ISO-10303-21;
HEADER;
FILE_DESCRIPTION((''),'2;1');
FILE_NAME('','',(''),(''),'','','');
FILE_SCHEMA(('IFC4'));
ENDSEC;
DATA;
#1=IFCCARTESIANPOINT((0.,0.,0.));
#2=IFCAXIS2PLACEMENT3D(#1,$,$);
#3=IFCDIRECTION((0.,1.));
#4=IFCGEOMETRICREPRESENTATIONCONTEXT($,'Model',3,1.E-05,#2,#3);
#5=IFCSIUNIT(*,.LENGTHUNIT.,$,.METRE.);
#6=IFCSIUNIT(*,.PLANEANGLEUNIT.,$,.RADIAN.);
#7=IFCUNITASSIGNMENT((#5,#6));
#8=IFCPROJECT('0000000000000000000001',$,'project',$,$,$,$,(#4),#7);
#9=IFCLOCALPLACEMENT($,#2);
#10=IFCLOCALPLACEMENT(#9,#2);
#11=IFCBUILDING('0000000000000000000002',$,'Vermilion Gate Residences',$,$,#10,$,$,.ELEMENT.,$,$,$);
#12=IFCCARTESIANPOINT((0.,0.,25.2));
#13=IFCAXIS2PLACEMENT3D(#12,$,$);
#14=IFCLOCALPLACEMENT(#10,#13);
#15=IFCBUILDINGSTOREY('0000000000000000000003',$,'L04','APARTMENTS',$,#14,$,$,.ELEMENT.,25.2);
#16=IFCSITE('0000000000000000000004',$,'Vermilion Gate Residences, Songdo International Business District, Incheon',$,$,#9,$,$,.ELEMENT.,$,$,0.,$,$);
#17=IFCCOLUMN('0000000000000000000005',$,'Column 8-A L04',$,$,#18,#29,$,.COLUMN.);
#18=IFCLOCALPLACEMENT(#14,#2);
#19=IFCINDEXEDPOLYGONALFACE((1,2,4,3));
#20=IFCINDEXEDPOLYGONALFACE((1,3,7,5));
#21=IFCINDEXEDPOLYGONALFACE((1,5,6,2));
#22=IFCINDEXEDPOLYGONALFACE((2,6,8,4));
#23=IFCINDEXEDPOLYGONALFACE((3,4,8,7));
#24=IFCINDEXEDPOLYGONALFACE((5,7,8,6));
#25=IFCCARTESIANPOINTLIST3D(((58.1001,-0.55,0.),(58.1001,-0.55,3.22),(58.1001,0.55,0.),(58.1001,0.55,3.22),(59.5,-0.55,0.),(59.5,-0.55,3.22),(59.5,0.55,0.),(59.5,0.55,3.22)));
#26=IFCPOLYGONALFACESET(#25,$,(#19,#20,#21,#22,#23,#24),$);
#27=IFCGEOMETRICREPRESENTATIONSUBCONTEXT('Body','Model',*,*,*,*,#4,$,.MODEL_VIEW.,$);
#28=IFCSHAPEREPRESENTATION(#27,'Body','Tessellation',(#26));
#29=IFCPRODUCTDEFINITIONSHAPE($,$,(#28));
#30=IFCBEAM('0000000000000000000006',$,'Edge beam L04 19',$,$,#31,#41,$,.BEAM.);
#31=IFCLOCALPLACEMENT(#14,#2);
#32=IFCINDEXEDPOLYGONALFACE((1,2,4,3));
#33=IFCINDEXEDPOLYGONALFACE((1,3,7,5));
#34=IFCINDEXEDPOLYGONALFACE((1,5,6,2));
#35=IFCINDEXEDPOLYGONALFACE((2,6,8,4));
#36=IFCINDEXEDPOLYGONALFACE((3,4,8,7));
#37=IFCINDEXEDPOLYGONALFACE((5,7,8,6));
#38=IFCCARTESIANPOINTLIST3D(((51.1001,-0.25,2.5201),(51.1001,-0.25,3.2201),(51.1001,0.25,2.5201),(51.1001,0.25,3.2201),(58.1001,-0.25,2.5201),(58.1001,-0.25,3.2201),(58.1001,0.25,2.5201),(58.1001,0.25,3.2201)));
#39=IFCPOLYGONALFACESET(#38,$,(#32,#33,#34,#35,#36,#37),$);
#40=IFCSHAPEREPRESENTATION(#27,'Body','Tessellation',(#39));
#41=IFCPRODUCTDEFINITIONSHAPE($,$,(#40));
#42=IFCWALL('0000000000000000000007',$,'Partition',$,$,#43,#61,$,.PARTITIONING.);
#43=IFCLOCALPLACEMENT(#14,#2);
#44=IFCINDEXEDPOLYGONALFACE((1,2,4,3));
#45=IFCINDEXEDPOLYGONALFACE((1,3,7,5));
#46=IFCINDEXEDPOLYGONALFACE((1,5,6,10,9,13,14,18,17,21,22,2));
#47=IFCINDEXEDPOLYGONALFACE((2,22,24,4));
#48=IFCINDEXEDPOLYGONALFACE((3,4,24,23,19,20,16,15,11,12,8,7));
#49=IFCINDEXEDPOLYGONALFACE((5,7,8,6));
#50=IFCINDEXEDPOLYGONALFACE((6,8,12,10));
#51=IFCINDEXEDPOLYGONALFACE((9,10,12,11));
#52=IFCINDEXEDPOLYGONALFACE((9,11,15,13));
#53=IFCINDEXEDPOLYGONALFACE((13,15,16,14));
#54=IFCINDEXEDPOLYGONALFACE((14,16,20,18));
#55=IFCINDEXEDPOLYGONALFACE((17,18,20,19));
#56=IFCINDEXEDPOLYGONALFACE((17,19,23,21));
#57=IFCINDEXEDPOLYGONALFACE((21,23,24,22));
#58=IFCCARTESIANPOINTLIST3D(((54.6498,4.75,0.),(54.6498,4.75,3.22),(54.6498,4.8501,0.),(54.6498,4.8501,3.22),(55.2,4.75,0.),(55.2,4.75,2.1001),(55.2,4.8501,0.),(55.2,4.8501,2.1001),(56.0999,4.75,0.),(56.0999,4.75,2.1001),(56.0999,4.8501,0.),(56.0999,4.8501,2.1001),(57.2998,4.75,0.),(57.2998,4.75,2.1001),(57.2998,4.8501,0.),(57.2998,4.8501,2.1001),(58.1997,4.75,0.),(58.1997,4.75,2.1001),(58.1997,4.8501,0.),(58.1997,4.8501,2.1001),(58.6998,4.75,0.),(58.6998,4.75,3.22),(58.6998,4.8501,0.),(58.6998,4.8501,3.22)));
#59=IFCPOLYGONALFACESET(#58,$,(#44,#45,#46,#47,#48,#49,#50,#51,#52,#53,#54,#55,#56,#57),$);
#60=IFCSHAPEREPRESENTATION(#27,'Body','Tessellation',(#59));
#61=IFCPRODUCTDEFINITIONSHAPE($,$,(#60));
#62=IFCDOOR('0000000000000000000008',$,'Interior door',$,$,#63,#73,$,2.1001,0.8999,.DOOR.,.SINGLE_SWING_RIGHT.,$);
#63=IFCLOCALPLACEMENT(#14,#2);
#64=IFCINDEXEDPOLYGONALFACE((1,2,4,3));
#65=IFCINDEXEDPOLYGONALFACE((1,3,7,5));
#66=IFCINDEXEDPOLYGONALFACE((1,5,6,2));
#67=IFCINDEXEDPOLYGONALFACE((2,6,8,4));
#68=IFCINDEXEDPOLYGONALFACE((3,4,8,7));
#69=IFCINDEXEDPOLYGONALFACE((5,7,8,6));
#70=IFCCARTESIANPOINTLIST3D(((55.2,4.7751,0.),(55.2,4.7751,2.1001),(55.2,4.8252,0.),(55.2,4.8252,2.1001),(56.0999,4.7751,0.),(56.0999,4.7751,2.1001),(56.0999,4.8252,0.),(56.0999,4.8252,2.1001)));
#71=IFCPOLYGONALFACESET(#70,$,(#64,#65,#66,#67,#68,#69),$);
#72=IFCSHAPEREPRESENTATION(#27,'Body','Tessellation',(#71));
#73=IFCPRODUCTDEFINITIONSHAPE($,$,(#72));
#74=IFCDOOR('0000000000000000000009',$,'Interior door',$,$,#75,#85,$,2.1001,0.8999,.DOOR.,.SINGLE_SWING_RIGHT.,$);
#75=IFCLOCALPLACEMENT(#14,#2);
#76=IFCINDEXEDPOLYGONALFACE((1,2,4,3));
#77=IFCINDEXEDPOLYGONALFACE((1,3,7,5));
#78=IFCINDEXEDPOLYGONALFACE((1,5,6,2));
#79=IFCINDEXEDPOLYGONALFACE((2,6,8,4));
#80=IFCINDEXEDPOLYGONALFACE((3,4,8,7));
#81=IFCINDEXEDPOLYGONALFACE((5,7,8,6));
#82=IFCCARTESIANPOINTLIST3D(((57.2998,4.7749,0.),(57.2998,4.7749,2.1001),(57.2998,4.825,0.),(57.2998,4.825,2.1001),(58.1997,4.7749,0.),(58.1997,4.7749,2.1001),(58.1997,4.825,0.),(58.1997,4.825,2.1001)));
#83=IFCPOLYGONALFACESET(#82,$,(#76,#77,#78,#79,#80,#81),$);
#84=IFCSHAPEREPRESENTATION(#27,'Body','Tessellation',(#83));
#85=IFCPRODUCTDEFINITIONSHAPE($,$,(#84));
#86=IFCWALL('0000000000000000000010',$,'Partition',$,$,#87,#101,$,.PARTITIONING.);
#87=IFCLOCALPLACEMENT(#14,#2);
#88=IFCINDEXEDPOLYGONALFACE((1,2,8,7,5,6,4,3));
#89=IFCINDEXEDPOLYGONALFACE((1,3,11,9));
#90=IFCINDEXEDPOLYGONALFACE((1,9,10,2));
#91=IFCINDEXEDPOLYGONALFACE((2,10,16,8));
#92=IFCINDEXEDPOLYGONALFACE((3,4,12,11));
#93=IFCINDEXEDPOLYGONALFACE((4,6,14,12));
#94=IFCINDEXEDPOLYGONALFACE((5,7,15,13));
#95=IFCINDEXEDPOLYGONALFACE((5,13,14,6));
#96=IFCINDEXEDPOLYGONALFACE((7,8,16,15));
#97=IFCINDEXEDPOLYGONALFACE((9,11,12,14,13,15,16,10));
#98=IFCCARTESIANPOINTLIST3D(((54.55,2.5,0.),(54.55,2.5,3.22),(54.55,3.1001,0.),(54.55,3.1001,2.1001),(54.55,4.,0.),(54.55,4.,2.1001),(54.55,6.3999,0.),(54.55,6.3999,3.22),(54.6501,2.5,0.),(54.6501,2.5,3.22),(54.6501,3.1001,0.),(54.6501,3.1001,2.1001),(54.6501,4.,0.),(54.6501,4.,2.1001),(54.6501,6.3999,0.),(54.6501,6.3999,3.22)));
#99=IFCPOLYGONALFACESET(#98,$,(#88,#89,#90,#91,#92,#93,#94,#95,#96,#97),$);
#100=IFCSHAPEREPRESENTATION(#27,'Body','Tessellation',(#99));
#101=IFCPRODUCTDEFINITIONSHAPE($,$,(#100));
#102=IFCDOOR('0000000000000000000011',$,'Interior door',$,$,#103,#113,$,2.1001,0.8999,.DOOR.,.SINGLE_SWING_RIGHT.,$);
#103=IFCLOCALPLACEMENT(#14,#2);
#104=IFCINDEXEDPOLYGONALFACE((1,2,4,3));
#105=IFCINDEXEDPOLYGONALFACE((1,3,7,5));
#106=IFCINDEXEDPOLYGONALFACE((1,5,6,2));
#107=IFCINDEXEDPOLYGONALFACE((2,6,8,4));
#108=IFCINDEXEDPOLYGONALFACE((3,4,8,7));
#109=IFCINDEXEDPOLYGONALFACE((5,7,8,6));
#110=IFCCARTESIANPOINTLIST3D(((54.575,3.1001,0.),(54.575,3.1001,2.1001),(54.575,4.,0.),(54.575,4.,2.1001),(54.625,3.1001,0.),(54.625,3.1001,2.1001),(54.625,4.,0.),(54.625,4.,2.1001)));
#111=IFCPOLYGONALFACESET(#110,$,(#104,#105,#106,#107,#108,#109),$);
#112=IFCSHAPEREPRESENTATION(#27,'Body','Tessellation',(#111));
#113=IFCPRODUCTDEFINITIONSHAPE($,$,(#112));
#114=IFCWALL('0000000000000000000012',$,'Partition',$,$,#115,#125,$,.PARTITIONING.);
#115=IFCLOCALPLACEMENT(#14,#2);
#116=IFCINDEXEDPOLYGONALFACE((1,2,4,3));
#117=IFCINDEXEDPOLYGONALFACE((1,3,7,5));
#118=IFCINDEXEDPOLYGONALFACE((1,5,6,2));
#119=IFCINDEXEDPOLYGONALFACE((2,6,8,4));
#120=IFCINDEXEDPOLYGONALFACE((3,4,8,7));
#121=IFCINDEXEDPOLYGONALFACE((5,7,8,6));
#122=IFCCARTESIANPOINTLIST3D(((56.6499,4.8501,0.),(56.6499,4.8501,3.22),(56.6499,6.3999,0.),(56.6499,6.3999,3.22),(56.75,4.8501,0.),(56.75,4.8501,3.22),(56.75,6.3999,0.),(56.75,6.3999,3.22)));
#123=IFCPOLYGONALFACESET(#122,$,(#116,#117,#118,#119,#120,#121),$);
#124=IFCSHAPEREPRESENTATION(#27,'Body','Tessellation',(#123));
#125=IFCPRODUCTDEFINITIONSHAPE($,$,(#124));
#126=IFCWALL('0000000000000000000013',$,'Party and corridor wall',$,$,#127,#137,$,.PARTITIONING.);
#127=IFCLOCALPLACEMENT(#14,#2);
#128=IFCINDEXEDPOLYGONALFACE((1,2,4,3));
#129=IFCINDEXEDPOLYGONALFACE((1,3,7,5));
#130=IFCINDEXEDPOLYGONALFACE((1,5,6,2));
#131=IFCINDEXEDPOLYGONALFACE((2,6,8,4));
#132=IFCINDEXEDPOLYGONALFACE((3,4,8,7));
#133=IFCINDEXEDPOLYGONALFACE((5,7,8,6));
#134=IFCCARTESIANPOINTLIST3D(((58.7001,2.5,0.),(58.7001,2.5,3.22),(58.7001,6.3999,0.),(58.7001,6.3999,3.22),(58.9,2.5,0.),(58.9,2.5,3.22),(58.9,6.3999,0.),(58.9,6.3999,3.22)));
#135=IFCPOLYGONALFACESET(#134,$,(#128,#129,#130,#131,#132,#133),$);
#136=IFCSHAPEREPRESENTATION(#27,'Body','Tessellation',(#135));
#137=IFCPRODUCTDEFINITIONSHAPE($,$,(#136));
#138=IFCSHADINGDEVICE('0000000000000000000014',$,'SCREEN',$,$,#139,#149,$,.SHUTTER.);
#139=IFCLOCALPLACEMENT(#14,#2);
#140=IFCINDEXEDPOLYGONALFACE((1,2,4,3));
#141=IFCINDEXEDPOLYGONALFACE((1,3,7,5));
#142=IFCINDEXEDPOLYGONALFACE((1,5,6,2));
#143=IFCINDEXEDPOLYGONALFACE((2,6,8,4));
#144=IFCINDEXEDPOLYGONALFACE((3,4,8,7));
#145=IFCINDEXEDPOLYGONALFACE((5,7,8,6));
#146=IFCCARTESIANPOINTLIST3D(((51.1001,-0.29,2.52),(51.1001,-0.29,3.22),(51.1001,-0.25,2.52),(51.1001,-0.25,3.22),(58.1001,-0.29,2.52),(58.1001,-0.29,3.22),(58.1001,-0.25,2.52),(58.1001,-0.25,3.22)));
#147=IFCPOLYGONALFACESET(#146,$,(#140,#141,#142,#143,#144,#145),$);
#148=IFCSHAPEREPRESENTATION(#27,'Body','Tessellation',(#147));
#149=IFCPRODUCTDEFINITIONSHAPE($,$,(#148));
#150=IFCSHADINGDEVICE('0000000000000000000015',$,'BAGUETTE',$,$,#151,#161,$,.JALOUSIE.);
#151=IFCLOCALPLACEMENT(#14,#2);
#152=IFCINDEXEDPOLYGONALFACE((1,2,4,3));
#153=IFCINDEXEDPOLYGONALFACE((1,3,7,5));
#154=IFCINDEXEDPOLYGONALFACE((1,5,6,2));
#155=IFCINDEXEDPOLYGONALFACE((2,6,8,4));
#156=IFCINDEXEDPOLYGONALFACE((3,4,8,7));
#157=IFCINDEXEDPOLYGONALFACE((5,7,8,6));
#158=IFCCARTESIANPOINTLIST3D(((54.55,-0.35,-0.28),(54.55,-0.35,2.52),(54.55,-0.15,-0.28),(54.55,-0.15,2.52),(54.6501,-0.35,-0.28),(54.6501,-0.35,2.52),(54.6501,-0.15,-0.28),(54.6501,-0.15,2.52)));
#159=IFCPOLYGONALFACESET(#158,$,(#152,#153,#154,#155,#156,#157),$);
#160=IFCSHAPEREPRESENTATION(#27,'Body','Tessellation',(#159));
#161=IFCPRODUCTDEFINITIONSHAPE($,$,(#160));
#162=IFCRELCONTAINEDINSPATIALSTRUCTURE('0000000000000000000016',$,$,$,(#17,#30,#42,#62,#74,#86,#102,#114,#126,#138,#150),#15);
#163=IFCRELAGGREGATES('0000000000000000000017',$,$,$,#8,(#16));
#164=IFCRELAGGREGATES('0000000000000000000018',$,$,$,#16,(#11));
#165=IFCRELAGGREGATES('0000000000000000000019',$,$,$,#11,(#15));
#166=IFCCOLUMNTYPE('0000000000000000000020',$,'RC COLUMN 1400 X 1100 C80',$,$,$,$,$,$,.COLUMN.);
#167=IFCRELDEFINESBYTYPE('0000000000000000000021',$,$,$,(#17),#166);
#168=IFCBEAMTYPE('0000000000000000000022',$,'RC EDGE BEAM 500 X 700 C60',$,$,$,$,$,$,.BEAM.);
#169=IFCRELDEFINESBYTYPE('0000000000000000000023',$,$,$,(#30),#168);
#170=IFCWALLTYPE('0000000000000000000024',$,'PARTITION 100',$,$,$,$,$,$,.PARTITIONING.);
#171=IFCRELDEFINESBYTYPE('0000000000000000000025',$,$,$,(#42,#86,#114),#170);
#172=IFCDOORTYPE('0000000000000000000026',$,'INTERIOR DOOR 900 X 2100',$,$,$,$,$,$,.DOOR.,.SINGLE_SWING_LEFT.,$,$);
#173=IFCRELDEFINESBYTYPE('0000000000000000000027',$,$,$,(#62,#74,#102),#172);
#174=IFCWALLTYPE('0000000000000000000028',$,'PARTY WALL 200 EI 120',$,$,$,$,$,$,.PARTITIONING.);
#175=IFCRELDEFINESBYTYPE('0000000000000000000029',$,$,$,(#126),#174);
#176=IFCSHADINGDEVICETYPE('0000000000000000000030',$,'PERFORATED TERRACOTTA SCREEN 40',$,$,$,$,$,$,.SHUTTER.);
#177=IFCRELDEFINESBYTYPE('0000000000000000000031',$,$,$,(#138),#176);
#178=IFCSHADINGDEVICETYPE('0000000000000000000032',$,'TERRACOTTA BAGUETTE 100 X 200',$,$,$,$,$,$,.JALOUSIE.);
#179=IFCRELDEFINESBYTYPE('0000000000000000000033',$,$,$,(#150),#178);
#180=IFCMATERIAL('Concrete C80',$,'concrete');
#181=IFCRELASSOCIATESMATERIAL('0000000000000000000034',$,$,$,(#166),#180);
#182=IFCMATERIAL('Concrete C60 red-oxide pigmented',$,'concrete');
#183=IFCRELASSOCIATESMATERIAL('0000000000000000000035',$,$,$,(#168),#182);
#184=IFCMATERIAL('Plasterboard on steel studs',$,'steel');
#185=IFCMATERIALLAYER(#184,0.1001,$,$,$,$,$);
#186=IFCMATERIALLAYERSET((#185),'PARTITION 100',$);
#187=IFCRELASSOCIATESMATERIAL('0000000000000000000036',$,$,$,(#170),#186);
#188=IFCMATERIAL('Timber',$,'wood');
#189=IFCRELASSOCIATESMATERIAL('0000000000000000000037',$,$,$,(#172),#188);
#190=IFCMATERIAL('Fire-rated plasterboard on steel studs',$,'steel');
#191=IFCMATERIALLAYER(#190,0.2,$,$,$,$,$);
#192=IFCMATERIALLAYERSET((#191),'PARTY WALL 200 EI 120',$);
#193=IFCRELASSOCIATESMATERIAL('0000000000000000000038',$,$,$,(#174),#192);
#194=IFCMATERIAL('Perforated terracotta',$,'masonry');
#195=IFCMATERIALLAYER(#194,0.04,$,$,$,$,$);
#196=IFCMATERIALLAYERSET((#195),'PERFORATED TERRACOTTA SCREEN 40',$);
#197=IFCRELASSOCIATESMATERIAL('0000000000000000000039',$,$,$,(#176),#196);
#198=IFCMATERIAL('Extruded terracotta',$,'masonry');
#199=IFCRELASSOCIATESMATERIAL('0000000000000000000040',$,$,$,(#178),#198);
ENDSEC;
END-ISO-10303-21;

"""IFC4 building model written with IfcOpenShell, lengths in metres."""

from ifc_helpers import new_model, si_unit, direction, frame, frame_2d, origin, origin_2d, place, context, subcontext, project, spatial, rectangle, extrude, material, layer, layer_set, material_profile, profile_set, type_object, element, fill, save


model = new_model("IFC4")

# Units and contexts
model_context = context("Model", 3, precision=1e-05, world=origin(), true_north=direction((0.0, 1.0)))
body_context = subcontext(model_context, "Body", "Model", "MODEL_VIEW")
ifc_project = project(units=[si_unit("LENGTHUNIT", "METRE"), si_unit("PLANEANGLEUNIT", "RADIAN")], contexts=[model_context])

# Site, building, storey
site_placement = place(None, origin())
site = spatial("IfcSite", under=ifc_project, at=site_placement, Name="Vermilion Gate Residences, Songdo International Business District, Incheon", CompositionType="ELEMENT", RefElevation=0.0)
building_placement = place(site_placement, origin())
building = spatial("IfcBuilding", under=site, at=building_placement, Name="Vermilion Gate Residences", CompositionType="ELEMENT")
storey_placement = place(building_placement, frame((0.0, 0.0, 25.2)))
storey = spatial("IfcBuildingStorey", under=building, at=storey_placement, Name="L04", Description="APARTMENTS", CompositionType="ELEMENT", Elevation=25.2)

# Column
ifc_material_1 = material(Name="Concrete C80", Category="concrete")
ifc_material_profile_1 = material_profile(ifc_material_1, rectangle(XDim=1.3999, YDim=1.1001, at=origin_2d()), Name="RC-1400x1100")
ifc_profile_set_1 = profile_set([ifc_material_profile_1], Name="Concrete C80")
column_type = type_object("IfcColumnType", Name="RC COLUMN 1400 X 1100 C80", PredefinedType="COLUMN", material=ifc_profile_set_1)
column_placement = place(storey_placement, frame((58.8, 0.0, 0.0), z_axis=(0.0, 0.0, 1.0), x_axis=(1.0, 0.0, 0.0)))
element("IfcColumn", 1, at=column_placement, inside=storey, type_object=column_type, Name="Column 8-A L04", PredefinedType="COLUMN", context=body_context, shape_type="SweptSolid", body=[
    extrude(rectangle(XDim=1.3999, YDim=1.1001, at=origin_2d()), origin(), (0.0, 0.0, 1.0), 3.22),
])

# Beam
ifc_material_2 = material(Name="Concrete C60 red-oxide pigmented", Category="concrete")
ifc_material_profile_2 = material_profile(ifc_material_2, rectangle(XDim=0.5, YDim=0.7, at=origin_2d()), Name="RC-500x700")
ifc_profile_set_2 = profile_set([ifc_material_profile_2], Name="Concrete C60 red-oxide pigmented")
beam_type = type_object("IfcBeamType", Name="RC EDGE BEAM 500 X 700 C60", PredefinedType="BEAM", material=ifc_profile_set_2)
beam_placement = place(storey_placement, frame((51.1001, 0.0, 2.8701), z_axis=(1.0, 0.0, 0.0), x_axis=(0.0, 1.0, 0.0)))
element("IfcBeam", 2, at=beam_placement, inside=storey, type_object=beam_type, Name="Edge beam L04 19", PredefinedType="BEAM", context=body_context, shape_type="SweptSolid", body=[
    extrude(rectangle(XDim=0.5, YDim=0.7, at=origin_2d()), origin(), (0.0, 0.0, 1.0), 7.0),
])

# Wall, openings, doors
ifc_material_3 = material(Name="Plasterboard on steel studs", Category="steel")
ifc_layer_1 = layer(ifc_material_3, 0.1001)
ifc_layer_set_1 = layer_set([ifc_layer_1], Name="PARTITION 100")
wall_type_1 = type_object("IfcWallType", Name="PARTITION 100", PredefinedType="PARTITIONING", material=ifc_layer_set_1)
wall_1_placement = place(storey_placement, frame((54.6499, 4.8, 0.0), z_axis=(0.0, 0.0, 1.0), x_axis=(1.0, 0.0, 0.0)))
wall_1 = element("IfcWall", 3, at=wall_1_placement, inside=storey, type_object=wall_type_1, Name="Partition", PredefinedType="PARTITIONING", context=body_context, shape_type="SweptSolid", body=[
    extrude(rectangle(XDim=4.05, YDim=0.1001, at=frame_2d((2.0249, 0.0))), origin(), (0.0, 0.0, 1.0), 3.22),
])
opening_1_placement = place(wall_1_placement, frame((0.55, 0.0, 0.0)))
opening_1 = element("IfcOpeningElement", 4, at=opening_1_placement, cuts=wall_1, PredefinedType="OPENING", context=body_context, shape_type="SweptSolid", body=[
    extrude(rectangle(XDim=0.8999, YDim=2.1001, at=frame_2d((0.45, 1.05))), frame((0.0, 0.0601, 0.0), z_axis=(0.0, -1.0, 0.0), x_axis=(1.0, 0.0, 0.0)), (0.0, 0.0, 1.0), 0.1201),
])
opening_2_placement = place(wall_1_placement, frame((2.6499, 0.0, 0.0)))
opening_2 = element("IfcOpeningElement", 5, at=opening_2_placement, cuts=wall_1, PredefinedType="OPENING", context=body_context, shape_type="SweptSolid", body=[
    extrude(rectangle(XDim=0.8999, YDim=2.1001, at=frame_2d((0.45, 1.05))), frame((0.0, 0.0601, 0.0), z_axis=(0.0, -1.0, 0.0), x_axis=(1.0, 0.0, 0.0)), (0.0, 0.0, 1.0), 0.1201),
])
ifc_material_4 = material(Name="Timber", Category="wood")
door_type = type_object("IfcDoorType", Name="INTERIOR DOOR 900 X 2100", OperationType="SINGLE_SWING_LEFT", PredefinedType="DOOR", material=ifc_material_4)
door_1_placement = place(opening_1_placement, frame((0.8999, 0.0, 0.0), z_axis=(0.0, 0.0, 1.0), x_axis=(-1.0, 0.0, 0.0)))
door_1 = element("IfcDoor", 6, at=door_1_placement, inside=storey, type_object=door_type, Name="Interior door", OperationType="SINGLE_SWING_RIGHT", OverallHeight=2.1001, OverallWidth=0.8999, PredefinedType="DOOR", context=body_context, shape_type="SweptSolid", body=[
    extrude(rectangle(XDim=0.8999, YDim=2.1001, at=frame_2d((0.45, 1.05))), frame((0.0, 0.0249, 0.0), z_axis=(0.0, -1.0, 0.0), x_axis=(1.0, 0.0, 0.0)), (0.0, 0.0, 1.0), 0.05),
])
fill(opening_1, door_1)
door_2_placement = place(opening_2_placement, origin())
door_2 = element("IfcDoor", 7, at=door_2_placement, inside=storey, type_object=door_type, Name="Interior door", OperationType="SINGLE_SWING_RIGHT", OverallHeight=2.1001, OverallWidth=0.8999, PredefinedType="DOOR", context=body_context, shape_type="SweptSolid", body=[
    extrude(rectangle(XDim=0.8999, YDim=2.1001, at=frame_2d((0.45, 1.05))), frame((0.0, 0.0249, 0.0), z_axis=(0.0, -1.0, 0.0), x_axis=(1.0, 0.0, 0.0)), (0.0, 0.0, 1.0), 0.05),
])
fill(opening_2, door_2)

# Wall, opening, door
wall_2_placement = place(storey_placement, frame((54.6001, 2.5, 0.0), z_axis=(0.0, 0.0, 1.0), x_axis=(0.0, 1.0, 0.0)))
wall_2 = element("IfcWall", 8, at=wall_2_placement, inside=storey, type_object=wall_type_1, Name="Partition", PredefinedType="PARTITIONING", context=body_context, shape_type="SweptSolid", body=[
    extrude(rectangle(XDim=3.8999, YDim=0.1001, at=frame_2d((1.95, 0.0))), origin(), (0.0, 0.0, 1.0), 3.22),
])
opening_3_placement = place(wall_2_placement, frame((0.6001, 0.0, 0.0)))
opening_3 = element("IfcOpeningElement", 9, at=opening_3_placement, cuts=wall_2, PredefinedType="OPENING", context=body_context, shape_type="SweptSolid", body=[
    extrude(rectangle(XDim=0.8999, YDim=2.1001, at=frame_2d((0.45, 1.05))), frame((0.0, 0.0601, 0.0), z_axis=(0.0, -1.0, 0.0), x_axis=(1.0, 0.0, 0.0)), (0.0, 0.0, 1.0), 0.1201),
])
door_3_placement = place(opening_3_placement, frame((0.8999, 0.0, 0.0), z_axis=(0.0, 0.0, 1.0), x_axis=(-1.0, 0.0, 0.0)))
door_3 = element("IfcDoor", 10, at=door_3_placement, inside=storey, type_object=door_type, Name="Interior door", OperationType="SINGLE_SWING_RIGHT", OverallHeight=2.1001, OverallWidth=0.8999, PredefinedType="DOOR", context=body_context, shape_type="SweptSolid", body=[
    extrude(rectangle(XDim=0.8999, YDim=2.1001, at=frame_2d((0.45, 1.05))), frame((0.0, 0.0249, 0.0), z_axis=(0.0, -1.0, 0.0), x_axis=(1.0, 0.0, 0.0)), (0.0, 0.0, 1.0), 0.05),
])
fill(opening_3, door_3)

# Walls
wall_3_placement = place(storey_placement, frame((56.7, 4.8501, 0.0), z_axis=(0.0, 0.0, 1.0), x_axis=(0.0, 1.0, 0.0)))
element("IfcWall", 11, at=wall_3_placement, inside=storey, type_object=wall_type_1, Name="Partition", PredefinedType="PARTITIONING", context=body_context, shape_type="SweptSolid", body=[
    extrude(rectangle(XDim=1.5498, YDim=0.1001, at=frame_2d((0.7749, 0.0))), origin(), (0.0, 0.0, 1.0), 3.22),
])
ifc_material_5 = material(Name="Fire-rated plasterboard on steel studs", Category="steel")
ifc_layer_2 = layer(ifc_material_5, 0.2)
ifc_layer_set_2 = layer_set([ifc_layer_2], Name="PARTY WALL 200 EI 120")
wall_type_2 = type_object("IfcWallType", Name="PARTY WALL 200 EI 120", PredefinedType="PARTITIONING", material=ifc_layer_set_2)
wall_4_placement = place(storey_placement, frame((58.8, 2.5, 0.0), z_axis=(0.0, 0.0, 1.0), x_axis=(0.0, 1.0, 0.0)))
element("IfcWall", 12, at=wall_4_placement, inside=storey, type_object=wall_type_2, Name="Party and corridor wall", PredefinedType="PARTITIONING", context=body_context, shape_type="SweptSolid", body=[
    extrude(rectangle(XDim=3.8999, YDim=0.2, at=frame_2d((1.95, 0.0))), origin(), (0.0, 0.0, 1.0), 3.22),
])

# Shading devices
ifc_material_6 = material(Name="Perforated terracotta", Category="masonry")
ifc_layer_3 = layer(ifc_material_6, 0.04)
ifc_layer_set_3 = layer_set([ifc_layer_3], Name="PERFORATED TERRACOTTA SCREEN 40")
shading_device_type_1 = type_object("IfcShadingDeviceType", Name="PERFORATED TERRACOTTA SCREEN 40", PredefinedType="SHUTTER", material=ifc_layer_set_3)
shading_device_1_placement = place(storey_placement, frame((54.6001, -0.27, 2.52), z_axis=(0.0, 0.0, 1.0), x_axis=(1.0, 0.0, 0.0)))
element("IfcShadingDevice", 13, at=shading_device_1_placement, inside=storey, type_object=shading_device_type_1, Name="SCREEN", PredefinedType="SHUTTER", context=body_context, shape_type="SweptSolid", body=[
    extrude(rectangle(XDim=7.0, YDim=0.04, at=origin_2d()), origin(), (0.0, 0.0, 1.0), 0.7),
])
ifc_material_7 = material(Name="Extruded terracotta", Category="masonry")
ifc_material_profile_3 = material_profile(ifc_material_7, rectangle(XDim=0.2, YDim=0.1001, at=origin_2d()), Name="BAGUETTE 100 X 200")
ifc_profile_set_3 = profile_set([ifc_material_profile_3], Name="Extruded terracotta")
shading_device_type_2 = type_object("IfcShadingDeviceType", Name="TERRACOTTA BAGUETTE 100 X 200", PredefinedType="JALOUSIE", material=ifc_profile_set_3)
shading_device_2_placement = place(storey_placement, frame((54.6001, -0.25, -0.28), z_axis=(0.0, 0.0, 1.0), x_axis=(0.0, 1.0, 0.0)))
element("IfcShadingDevice", 14, at=shading_device_2_placement, inside=storey, type_object=shading_device_type_2, Name="BAGUETTE", PredefinedType="JALOUSIE", context=body_context, shape_type="SweptSolid", body=[
    extrude(rectangle(XDim=0.2, YDim=0.1001, at=origin_2d()), origin(), (0.0, 0.0, 1.0), 2.8),
])

save(model, "model.ifc")
